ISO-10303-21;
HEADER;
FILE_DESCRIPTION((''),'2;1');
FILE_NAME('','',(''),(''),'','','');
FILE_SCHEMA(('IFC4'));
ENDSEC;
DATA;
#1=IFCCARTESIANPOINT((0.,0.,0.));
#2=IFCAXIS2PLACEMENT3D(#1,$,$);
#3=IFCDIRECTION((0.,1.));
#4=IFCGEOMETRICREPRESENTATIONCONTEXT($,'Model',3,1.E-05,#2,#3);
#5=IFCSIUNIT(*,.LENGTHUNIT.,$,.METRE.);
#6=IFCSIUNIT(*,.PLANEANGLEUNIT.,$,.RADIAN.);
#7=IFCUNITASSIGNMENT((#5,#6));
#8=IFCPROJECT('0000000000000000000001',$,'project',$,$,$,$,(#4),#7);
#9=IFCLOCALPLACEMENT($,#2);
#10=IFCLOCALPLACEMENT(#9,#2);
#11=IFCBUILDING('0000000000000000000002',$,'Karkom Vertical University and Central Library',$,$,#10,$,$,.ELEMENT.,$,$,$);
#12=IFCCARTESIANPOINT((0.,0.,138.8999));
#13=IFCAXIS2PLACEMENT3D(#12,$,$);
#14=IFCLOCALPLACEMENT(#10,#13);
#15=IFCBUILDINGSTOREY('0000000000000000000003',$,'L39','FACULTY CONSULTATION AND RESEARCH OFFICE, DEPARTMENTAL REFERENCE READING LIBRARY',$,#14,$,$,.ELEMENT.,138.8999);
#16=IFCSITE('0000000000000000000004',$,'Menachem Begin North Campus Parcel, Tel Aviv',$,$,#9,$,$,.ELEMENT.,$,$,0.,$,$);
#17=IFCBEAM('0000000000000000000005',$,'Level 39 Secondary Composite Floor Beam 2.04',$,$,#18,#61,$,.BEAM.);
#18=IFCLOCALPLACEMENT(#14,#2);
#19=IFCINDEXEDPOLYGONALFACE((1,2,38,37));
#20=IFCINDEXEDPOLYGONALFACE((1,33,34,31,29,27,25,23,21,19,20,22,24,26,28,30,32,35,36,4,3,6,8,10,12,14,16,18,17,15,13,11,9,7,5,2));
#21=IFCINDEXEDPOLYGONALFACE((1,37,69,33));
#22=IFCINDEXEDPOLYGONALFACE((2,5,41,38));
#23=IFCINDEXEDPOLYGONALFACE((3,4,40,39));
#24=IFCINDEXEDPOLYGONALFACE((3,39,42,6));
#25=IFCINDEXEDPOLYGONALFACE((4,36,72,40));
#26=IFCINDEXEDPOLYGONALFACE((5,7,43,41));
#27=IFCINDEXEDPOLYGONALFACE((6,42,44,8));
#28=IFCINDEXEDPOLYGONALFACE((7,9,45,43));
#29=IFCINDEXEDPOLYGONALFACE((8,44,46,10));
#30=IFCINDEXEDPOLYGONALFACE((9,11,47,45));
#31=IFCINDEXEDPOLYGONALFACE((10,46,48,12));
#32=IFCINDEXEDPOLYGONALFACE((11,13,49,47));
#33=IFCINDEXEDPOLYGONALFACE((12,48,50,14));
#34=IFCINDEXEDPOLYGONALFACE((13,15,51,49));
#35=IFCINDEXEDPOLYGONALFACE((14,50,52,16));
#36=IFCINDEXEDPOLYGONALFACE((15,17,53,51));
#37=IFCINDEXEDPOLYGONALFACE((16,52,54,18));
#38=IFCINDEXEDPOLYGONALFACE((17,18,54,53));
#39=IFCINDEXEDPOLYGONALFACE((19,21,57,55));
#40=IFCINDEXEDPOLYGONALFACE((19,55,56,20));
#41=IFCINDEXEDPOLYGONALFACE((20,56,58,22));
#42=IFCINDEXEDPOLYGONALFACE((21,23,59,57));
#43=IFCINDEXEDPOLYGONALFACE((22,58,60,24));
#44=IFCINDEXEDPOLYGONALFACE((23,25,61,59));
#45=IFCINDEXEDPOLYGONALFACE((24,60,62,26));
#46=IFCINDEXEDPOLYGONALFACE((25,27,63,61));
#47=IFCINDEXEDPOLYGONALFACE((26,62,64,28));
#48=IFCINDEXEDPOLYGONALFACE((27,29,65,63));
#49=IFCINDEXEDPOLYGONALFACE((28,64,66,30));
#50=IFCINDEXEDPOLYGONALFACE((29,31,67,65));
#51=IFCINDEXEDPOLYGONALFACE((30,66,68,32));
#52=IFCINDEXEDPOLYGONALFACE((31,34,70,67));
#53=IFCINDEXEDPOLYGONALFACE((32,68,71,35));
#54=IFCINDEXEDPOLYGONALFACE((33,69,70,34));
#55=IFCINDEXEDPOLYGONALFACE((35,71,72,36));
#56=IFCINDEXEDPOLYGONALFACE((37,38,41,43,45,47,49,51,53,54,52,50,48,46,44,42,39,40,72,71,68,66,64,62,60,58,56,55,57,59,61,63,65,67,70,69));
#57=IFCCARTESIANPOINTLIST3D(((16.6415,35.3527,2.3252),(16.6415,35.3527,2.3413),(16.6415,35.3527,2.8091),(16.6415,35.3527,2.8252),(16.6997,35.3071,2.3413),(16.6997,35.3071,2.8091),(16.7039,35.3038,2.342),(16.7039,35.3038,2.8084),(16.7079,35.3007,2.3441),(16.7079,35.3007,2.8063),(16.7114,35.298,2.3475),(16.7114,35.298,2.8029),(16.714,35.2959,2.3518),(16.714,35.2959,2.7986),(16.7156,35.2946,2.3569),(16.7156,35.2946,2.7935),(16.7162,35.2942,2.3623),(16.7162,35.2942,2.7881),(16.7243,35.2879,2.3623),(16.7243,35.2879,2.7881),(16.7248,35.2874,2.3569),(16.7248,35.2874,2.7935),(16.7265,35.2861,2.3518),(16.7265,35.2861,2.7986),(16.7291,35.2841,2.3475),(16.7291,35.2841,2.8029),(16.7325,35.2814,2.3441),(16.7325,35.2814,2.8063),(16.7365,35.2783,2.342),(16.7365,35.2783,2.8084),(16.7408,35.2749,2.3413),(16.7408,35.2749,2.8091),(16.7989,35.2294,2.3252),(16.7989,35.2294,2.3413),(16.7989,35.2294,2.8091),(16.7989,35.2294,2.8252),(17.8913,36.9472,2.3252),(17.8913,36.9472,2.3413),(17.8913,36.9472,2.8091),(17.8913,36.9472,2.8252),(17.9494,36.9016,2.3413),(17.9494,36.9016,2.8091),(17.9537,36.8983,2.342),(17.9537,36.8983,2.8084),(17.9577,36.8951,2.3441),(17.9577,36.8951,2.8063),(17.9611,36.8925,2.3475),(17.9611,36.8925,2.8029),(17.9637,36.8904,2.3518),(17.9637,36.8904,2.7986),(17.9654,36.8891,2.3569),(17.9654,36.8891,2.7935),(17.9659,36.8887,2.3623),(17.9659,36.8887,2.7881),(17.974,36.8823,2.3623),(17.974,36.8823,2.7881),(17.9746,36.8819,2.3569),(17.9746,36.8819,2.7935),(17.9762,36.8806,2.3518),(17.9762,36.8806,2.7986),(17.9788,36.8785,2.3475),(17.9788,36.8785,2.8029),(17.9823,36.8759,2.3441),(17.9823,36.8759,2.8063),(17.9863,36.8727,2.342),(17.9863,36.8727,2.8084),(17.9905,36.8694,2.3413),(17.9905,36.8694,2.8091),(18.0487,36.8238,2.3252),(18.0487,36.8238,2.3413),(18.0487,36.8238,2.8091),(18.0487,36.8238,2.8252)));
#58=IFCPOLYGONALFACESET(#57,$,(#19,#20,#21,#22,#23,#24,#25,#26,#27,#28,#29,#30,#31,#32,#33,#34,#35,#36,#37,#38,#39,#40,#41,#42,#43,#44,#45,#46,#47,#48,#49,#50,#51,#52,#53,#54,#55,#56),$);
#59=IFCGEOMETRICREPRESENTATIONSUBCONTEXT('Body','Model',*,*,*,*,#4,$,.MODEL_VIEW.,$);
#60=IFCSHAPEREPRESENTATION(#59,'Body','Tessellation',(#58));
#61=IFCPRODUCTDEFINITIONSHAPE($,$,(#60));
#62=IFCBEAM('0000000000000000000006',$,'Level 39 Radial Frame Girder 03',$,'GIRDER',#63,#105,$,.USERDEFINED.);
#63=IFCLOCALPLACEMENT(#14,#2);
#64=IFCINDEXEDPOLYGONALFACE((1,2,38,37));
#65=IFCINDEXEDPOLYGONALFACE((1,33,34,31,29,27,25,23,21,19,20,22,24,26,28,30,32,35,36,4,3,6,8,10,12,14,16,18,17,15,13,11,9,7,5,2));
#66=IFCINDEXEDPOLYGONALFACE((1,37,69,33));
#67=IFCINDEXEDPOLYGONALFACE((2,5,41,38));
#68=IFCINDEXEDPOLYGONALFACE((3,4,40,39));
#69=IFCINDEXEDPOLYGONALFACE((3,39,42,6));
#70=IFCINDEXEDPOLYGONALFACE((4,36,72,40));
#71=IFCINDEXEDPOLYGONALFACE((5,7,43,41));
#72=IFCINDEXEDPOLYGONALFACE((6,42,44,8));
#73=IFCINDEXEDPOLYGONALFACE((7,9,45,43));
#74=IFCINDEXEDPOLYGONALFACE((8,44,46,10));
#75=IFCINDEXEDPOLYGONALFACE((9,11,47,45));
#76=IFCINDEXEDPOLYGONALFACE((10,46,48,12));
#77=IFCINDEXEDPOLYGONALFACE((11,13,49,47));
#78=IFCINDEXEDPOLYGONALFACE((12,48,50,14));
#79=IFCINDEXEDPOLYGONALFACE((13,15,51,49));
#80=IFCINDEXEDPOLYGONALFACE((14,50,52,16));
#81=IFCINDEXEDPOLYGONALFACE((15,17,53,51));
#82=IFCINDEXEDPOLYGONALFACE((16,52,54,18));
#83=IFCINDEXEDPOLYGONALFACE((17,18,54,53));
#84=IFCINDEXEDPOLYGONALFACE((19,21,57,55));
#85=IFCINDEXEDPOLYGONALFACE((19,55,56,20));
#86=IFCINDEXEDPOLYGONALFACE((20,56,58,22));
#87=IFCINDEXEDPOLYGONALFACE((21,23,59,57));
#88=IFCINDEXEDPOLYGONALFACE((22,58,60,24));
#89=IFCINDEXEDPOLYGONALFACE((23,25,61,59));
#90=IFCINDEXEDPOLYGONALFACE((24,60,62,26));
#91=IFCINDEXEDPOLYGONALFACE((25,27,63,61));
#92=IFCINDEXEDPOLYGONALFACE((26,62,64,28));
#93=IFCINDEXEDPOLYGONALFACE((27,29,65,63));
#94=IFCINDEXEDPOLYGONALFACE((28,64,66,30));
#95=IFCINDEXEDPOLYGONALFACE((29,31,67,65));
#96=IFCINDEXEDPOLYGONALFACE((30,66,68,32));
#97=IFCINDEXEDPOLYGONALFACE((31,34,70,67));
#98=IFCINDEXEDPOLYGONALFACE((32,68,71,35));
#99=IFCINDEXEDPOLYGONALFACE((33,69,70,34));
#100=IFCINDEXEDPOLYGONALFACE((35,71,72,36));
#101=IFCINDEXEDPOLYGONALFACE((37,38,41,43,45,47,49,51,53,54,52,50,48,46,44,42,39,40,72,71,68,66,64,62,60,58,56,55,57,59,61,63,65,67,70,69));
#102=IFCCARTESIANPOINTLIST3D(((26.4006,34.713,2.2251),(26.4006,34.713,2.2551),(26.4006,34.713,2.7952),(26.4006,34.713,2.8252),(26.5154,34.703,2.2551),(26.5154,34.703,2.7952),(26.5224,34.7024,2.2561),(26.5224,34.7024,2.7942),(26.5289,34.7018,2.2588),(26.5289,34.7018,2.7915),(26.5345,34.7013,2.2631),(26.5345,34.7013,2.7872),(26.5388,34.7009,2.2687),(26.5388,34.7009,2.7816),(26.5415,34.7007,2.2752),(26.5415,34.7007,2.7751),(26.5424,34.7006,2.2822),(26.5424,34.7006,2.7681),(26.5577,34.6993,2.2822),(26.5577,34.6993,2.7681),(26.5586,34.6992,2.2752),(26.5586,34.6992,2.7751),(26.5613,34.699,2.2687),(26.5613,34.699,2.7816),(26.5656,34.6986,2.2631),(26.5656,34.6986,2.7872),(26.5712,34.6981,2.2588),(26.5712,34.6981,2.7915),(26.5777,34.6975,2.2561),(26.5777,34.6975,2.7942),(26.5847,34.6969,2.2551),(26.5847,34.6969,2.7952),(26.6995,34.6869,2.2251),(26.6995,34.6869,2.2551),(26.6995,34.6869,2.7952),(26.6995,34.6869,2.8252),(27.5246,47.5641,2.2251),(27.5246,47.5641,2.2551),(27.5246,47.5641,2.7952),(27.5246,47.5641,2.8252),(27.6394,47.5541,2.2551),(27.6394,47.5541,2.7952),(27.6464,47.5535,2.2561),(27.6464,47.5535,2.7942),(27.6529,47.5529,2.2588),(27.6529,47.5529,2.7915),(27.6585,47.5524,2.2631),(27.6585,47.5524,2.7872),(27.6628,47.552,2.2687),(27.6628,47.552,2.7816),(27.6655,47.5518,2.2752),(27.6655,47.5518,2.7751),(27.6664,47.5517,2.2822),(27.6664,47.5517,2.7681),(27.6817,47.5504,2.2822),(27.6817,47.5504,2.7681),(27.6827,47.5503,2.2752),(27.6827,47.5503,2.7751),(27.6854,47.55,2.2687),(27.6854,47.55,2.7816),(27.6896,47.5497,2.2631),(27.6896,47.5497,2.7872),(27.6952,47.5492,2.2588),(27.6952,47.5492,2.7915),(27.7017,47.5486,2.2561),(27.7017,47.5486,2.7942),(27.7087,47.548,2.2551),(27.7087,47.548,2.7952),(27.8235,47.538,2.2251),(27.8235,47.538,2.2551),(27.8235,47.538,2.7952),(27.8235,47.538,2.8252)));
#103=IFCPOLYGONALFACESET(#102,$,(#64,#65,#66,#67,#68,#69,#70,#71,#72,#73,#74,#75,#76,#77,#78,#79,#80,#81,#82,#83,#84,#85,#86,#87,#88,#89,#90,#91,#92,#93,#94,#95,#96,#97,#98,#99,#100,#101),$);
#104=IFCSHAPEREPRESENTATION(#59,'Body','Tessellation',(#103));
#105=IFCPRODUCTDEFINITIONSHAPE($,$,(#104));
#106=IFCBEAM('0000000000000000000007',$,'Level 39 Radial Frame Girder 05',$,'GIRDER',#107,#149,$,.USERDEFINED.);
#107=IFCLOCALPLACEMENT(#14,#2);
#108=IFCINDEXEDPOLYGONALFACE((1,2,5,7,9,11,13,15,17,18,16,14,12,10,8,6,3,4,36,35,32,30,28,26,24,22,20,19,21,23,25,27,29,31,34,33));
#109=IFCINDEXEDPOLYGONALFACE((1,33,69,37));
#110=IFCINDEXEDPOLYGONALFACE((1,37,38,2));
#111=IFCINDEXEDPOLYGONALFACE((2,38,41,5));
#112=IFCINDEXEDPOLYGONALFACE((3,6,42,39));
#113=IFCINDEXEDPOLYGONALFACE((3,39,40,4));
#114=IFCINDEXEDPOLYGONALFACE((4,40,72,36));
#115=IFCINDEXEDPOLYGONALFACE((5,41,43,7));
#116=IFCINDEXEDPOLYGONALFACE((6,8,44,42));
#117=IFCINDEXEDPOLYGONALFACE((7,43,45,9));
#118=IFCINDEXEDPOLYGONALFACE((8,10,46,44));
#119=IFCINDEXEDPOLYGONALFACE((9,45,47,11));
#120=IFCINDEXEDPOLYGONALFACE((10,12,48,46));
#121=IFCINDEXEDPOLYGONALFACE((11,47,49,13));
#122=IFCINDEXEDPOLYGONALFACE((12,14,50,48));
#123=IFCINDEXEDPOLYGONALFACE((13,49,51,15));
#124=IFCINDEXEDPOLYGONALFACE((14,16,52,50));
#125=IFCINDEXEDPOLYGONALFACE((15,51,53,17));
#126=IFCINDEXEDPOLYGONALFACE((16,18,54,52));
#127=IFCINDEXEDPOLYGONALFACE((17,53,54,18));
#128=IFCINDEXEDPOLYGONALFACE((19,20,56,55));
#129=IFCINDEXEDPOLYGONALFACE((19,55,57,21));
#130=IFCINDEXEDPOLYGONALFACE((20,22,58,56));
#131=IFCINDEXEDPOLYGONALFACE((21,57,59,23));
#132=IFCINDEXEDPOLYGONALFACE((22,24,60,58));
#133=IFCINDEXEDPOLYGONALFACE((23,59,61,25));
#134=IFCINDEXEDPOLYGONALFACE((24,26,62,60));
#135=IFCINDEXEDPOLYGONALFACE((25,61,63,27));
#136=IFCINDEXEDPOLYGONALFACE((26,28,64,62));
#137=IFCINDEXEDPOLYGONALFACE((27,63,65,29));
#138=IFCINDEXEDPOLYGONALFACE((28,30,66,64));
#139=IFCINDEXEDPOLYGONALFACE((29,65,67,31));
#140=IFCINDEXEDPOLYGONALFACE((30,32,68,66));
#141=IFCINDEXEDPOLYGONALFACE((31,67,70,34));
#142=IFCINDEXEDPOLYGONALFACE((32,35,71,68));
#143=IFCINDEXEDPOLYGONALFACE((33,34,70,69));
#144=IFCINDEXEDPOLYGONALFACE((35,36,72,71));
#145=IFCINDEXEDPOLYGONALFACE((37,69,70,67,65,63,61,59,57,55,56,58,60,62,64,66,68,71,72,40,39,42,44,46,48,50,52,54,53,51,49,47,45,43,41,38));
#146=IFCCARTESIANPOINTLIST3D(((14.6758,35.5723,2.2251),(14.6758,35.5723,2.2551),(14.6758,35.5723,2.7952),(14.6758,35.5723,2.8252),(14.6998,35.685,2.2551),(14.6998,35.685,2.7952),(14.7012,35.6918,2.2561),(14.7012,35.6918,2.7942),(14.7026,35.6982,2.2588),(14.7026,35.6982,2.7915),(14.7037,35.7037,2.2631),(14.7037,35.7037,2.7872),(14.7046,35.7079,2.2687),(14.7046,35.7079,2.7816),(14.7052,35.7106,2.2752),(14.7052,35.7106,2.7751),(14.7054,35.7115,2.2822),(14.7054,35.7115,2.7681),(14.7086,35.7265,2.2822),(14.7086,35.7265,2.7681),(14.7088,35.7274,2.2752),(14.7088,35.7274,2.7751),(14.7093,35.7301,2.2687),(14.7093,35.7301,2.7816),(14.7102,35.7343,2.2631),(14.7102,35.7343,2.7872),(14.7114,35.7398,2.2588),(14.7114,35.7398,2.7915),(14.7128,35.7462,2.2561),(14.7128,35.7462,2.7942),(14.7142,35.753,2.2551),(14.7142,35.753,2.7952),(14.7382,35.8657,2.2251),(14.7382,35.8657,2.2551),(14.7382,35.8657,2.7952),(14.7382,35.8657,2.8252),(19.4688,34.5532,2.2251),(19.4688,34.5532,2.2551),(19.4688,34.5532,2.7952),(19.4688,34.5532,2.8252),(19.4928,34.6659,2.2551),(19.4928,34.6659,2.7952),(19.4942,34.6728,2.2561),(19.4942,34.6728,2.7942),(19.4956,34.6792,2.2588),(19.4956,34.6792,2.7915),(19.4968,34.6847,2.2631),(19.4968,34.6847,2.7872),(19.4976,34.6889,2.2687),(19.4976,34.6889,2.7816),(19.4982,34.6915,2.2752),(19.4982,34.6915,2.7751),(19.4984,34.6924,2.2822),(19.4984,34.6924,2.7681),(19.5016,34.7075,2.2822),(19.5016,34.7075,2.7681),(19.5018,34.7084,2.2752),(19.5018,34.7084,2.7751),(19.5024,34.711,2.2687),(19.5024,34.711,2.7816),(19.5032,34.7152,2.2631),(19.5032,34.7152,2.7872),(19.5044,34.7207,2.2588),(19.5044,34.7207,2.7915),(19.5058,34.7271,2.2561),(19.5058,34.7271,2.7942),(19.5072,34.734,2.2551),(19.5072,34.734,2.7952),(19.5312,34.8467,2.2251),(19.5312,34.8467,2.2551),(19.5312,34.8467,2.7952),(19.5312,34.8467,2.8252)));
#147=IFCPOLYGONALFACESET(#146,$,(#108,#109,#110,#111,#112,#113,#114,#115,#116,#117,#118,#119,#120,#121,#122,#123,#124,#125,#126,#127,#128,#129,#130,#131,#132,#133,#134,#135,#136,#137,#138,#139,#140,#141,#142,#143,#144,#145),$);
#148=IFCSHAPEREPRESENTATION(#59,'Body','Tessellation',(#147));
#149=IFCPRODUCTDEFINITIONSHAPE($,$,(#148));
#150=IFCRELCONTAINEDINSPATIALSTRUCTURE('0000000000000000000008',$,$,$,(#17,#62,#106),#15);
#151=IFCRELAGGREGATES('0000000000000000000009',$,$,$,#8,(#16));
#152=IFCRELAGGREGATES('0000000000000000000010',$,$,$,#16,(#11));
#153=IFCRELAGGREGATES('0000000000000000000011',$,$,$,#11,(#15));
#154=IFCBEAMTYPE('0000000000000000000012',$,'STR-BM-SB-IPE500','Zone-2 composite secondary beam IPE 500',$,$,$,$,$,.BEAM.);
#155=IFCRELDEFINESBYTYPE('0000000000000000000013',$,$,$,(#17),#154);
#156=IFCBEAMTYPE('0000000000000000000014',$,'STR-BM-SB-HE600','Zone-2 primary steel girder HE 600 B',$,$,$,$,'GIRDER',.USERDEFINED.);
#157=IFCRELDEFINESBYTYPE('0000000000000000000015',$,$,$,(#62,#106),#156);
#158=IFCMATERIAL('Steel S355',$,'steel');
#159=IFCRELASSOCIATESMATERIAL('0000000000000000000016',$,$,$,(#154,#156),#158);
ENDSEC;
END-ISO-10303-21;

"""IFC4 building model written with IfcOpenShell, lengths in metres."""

from ifc_helpers import new_model, si_unit, direction, frame, origin, origin_with_axes, origin_2d, place, context, subcontext, project, spatial, i_section, extrude, source, transform, mapped, material, material_profile, profile_set, type_object, element, save


model = new_model("IFC4")

# Units and contexts
model_context = context("Model", 3, precision=1e-05, world=origin(), true_north=direction((0.0, 1.0)))
body_context = subcontext(model_context, "Body", "Model", "MODEL_VIEW")
ifc_project = project(units=[si_unit("LENGTHUNIT", "METRE"), si_unit("PLANEANGLEUNIT", "RADIAN")], contexts=[model_context])

# Site, building, storey
site_placement = place(None, origin())
site = spatial("IfcSite", under=ifc_project, at=site_placement, Name="Menachem Begin North Campus Parcel, Tel Aviv", CompositionType="ELEMENT", RefElevation=0.0)
building_placement = place(site_placement, origin())
building = spatial("IfcBuilding", under=site, at=building_placement, Name="Karkom Vertical University and Central Library", CompositionType="ELEMENT")
storey_placement = place(building_placement, frame((0.0, 0.0, 138.8999)))
storey = spatial("IfcBuildingStorey", under=building, at=storey_placement, Name="L39", Description="FACULTY CONSULTATION AND RESEARCH OFFICE, DEPARTMENTAL REFERENCE READING LIBRARY", CompositionType="ELEMENT", Elevation=138.8999)

# Beams
ifc_material_1 = material(Name="Steel S355", Category="steel")
ifc_material_profile_1 = material_profile(ifc_material_1, i_section(OverallWidth=0.2, OverallDepth=0.5, WebThickness=0.0103, FlangeThickness=0.0161, FilletRadius=0.021, at=origin_2d()), Name="IPE 500")
ifc_profile_set_1 = profile_set([ifc_material_profile_1], Name="Steel S355")
beam_type_1 = type_object("IfcBeamType", Name="STR-BM-SB-IPE500", Description="Zone-2 composite secondary beam IPE 500", PredefinedType="BEAM", material=ifc_profile_set_1)
shared_shape_1 = source(origin_with_axes(), body_context, "Body", "SweptSolid", [
    extrude(i_section(OverallWidth=0.2, OverallDepth=0.5, WebThickness=0.0103, FlangeThickness=0.0161, FilletRadius=0.021, at=origin_2d()), origin(), (0.0, 0.0, 1.0), 2.0259),
])
beam_1_placement = place(storey_placement, frame((17.97, 36.8855, 2.5752), z_axis=(-0.61689, -0.78705, 0.0), x_axis=(0.78705, -0.61689, 0.0)))
element("IfcBeam", 1, at=beam_1_placement, inside=storey, type_object=beam_type_1, Name="Level 39 Secondary Composite Floor Beam 2.04", PredefinedType="BEAM", context=body_context, shape_type="MappedRepresentation", body=[
    mapped(shared_shape_1, transform((0.0, 0.0, 0.0), scale=1.0)),
])
ifc_material_profile_2 = material_profile(ifc_material_1, i_section(OverallWidth=0.3, OverallDepth=0.6001, WebThickness=0.0154, FlangeThickness=0.03, FilletRadius=0.0271, at=origin_2d()), Name="HE 600 B")
ifc_profile_set_2 = profile_set([ifc_material_profile_2], Name="Steel S355")
beam_type_2 = type_object("IfcBeamType", Name="STR-BM-SB-HE600", Description="Zone-2 primary steel girder HE 600 B", ElementType="GIRDER", PredefinedType="USERDEFINED", material=ifc_profile_set_2)
shared_shape_2 = source(origin_with_axes(), body_context, "Body", "SweptSolid", [
    extrude(i_section(OverallWidth=0.3, OverallDepth=0.6001, WebThickness=0.0154, FlangeThickness=0.03, FilletRadius=0.0271, at=origin_2d()), origin(), (0.0, 0.0, 1.0), 12.9001),
])
beam_2_placement = place(storey_placement, frame((26.55, 34.7, 2.5251), z_axis=(0.087133, 0.996197, 0.0), x_axis=(-0.996197, 0.087133, 0.0)))
element("IfcBeam", 2, at=beam_2_placement, inside=storey, type_object=beam_type_2, Name="Level 39 Radial Frame Girder 03", ObjectType="GIRDER", PredefinedType="USERDEFINED", context=body_context, shape_type="MappedRepresentation", body=[
    mapped(shared_shape_2, transform((0.0, 0.0, 0.0), scale=1.0)),
])
shared_shape_3 = source(origin_with_axes(), body_context, "Body", "SweptSolid", [
    extrude(i_section(OverallWidth=0.3, OverallDepth=0.6001, WebThickness=0.0154, FlangeThickness=0.03, FilletRadius=0.0271, at=origin_2d()), origin(), (0.0, 0.0, 1.0), 4.9001),
])
beam_3_placement = place(storey_placement, frame((19.5, 34.7, 2.5251), z_axis=(-0.978137, 0.207964, 0.0), x_axis=(-0.207964, -0.978137, 0.0)))
element("IfcBeam", 3, at=beam_3_placement, inside=storey, type_object=beam_type_2, Name="Level 39 Radial Frame Girder 05", ObjectType="GIRDER", PredefinedType="USERDEFINED", context=body_context, shape_type="MappedRepresentation", body=[
    mapped(shared_shape_3, transform((0.0, 0.0, 0.0), scale=1.0)),
])

save(model, "model.ifc")
